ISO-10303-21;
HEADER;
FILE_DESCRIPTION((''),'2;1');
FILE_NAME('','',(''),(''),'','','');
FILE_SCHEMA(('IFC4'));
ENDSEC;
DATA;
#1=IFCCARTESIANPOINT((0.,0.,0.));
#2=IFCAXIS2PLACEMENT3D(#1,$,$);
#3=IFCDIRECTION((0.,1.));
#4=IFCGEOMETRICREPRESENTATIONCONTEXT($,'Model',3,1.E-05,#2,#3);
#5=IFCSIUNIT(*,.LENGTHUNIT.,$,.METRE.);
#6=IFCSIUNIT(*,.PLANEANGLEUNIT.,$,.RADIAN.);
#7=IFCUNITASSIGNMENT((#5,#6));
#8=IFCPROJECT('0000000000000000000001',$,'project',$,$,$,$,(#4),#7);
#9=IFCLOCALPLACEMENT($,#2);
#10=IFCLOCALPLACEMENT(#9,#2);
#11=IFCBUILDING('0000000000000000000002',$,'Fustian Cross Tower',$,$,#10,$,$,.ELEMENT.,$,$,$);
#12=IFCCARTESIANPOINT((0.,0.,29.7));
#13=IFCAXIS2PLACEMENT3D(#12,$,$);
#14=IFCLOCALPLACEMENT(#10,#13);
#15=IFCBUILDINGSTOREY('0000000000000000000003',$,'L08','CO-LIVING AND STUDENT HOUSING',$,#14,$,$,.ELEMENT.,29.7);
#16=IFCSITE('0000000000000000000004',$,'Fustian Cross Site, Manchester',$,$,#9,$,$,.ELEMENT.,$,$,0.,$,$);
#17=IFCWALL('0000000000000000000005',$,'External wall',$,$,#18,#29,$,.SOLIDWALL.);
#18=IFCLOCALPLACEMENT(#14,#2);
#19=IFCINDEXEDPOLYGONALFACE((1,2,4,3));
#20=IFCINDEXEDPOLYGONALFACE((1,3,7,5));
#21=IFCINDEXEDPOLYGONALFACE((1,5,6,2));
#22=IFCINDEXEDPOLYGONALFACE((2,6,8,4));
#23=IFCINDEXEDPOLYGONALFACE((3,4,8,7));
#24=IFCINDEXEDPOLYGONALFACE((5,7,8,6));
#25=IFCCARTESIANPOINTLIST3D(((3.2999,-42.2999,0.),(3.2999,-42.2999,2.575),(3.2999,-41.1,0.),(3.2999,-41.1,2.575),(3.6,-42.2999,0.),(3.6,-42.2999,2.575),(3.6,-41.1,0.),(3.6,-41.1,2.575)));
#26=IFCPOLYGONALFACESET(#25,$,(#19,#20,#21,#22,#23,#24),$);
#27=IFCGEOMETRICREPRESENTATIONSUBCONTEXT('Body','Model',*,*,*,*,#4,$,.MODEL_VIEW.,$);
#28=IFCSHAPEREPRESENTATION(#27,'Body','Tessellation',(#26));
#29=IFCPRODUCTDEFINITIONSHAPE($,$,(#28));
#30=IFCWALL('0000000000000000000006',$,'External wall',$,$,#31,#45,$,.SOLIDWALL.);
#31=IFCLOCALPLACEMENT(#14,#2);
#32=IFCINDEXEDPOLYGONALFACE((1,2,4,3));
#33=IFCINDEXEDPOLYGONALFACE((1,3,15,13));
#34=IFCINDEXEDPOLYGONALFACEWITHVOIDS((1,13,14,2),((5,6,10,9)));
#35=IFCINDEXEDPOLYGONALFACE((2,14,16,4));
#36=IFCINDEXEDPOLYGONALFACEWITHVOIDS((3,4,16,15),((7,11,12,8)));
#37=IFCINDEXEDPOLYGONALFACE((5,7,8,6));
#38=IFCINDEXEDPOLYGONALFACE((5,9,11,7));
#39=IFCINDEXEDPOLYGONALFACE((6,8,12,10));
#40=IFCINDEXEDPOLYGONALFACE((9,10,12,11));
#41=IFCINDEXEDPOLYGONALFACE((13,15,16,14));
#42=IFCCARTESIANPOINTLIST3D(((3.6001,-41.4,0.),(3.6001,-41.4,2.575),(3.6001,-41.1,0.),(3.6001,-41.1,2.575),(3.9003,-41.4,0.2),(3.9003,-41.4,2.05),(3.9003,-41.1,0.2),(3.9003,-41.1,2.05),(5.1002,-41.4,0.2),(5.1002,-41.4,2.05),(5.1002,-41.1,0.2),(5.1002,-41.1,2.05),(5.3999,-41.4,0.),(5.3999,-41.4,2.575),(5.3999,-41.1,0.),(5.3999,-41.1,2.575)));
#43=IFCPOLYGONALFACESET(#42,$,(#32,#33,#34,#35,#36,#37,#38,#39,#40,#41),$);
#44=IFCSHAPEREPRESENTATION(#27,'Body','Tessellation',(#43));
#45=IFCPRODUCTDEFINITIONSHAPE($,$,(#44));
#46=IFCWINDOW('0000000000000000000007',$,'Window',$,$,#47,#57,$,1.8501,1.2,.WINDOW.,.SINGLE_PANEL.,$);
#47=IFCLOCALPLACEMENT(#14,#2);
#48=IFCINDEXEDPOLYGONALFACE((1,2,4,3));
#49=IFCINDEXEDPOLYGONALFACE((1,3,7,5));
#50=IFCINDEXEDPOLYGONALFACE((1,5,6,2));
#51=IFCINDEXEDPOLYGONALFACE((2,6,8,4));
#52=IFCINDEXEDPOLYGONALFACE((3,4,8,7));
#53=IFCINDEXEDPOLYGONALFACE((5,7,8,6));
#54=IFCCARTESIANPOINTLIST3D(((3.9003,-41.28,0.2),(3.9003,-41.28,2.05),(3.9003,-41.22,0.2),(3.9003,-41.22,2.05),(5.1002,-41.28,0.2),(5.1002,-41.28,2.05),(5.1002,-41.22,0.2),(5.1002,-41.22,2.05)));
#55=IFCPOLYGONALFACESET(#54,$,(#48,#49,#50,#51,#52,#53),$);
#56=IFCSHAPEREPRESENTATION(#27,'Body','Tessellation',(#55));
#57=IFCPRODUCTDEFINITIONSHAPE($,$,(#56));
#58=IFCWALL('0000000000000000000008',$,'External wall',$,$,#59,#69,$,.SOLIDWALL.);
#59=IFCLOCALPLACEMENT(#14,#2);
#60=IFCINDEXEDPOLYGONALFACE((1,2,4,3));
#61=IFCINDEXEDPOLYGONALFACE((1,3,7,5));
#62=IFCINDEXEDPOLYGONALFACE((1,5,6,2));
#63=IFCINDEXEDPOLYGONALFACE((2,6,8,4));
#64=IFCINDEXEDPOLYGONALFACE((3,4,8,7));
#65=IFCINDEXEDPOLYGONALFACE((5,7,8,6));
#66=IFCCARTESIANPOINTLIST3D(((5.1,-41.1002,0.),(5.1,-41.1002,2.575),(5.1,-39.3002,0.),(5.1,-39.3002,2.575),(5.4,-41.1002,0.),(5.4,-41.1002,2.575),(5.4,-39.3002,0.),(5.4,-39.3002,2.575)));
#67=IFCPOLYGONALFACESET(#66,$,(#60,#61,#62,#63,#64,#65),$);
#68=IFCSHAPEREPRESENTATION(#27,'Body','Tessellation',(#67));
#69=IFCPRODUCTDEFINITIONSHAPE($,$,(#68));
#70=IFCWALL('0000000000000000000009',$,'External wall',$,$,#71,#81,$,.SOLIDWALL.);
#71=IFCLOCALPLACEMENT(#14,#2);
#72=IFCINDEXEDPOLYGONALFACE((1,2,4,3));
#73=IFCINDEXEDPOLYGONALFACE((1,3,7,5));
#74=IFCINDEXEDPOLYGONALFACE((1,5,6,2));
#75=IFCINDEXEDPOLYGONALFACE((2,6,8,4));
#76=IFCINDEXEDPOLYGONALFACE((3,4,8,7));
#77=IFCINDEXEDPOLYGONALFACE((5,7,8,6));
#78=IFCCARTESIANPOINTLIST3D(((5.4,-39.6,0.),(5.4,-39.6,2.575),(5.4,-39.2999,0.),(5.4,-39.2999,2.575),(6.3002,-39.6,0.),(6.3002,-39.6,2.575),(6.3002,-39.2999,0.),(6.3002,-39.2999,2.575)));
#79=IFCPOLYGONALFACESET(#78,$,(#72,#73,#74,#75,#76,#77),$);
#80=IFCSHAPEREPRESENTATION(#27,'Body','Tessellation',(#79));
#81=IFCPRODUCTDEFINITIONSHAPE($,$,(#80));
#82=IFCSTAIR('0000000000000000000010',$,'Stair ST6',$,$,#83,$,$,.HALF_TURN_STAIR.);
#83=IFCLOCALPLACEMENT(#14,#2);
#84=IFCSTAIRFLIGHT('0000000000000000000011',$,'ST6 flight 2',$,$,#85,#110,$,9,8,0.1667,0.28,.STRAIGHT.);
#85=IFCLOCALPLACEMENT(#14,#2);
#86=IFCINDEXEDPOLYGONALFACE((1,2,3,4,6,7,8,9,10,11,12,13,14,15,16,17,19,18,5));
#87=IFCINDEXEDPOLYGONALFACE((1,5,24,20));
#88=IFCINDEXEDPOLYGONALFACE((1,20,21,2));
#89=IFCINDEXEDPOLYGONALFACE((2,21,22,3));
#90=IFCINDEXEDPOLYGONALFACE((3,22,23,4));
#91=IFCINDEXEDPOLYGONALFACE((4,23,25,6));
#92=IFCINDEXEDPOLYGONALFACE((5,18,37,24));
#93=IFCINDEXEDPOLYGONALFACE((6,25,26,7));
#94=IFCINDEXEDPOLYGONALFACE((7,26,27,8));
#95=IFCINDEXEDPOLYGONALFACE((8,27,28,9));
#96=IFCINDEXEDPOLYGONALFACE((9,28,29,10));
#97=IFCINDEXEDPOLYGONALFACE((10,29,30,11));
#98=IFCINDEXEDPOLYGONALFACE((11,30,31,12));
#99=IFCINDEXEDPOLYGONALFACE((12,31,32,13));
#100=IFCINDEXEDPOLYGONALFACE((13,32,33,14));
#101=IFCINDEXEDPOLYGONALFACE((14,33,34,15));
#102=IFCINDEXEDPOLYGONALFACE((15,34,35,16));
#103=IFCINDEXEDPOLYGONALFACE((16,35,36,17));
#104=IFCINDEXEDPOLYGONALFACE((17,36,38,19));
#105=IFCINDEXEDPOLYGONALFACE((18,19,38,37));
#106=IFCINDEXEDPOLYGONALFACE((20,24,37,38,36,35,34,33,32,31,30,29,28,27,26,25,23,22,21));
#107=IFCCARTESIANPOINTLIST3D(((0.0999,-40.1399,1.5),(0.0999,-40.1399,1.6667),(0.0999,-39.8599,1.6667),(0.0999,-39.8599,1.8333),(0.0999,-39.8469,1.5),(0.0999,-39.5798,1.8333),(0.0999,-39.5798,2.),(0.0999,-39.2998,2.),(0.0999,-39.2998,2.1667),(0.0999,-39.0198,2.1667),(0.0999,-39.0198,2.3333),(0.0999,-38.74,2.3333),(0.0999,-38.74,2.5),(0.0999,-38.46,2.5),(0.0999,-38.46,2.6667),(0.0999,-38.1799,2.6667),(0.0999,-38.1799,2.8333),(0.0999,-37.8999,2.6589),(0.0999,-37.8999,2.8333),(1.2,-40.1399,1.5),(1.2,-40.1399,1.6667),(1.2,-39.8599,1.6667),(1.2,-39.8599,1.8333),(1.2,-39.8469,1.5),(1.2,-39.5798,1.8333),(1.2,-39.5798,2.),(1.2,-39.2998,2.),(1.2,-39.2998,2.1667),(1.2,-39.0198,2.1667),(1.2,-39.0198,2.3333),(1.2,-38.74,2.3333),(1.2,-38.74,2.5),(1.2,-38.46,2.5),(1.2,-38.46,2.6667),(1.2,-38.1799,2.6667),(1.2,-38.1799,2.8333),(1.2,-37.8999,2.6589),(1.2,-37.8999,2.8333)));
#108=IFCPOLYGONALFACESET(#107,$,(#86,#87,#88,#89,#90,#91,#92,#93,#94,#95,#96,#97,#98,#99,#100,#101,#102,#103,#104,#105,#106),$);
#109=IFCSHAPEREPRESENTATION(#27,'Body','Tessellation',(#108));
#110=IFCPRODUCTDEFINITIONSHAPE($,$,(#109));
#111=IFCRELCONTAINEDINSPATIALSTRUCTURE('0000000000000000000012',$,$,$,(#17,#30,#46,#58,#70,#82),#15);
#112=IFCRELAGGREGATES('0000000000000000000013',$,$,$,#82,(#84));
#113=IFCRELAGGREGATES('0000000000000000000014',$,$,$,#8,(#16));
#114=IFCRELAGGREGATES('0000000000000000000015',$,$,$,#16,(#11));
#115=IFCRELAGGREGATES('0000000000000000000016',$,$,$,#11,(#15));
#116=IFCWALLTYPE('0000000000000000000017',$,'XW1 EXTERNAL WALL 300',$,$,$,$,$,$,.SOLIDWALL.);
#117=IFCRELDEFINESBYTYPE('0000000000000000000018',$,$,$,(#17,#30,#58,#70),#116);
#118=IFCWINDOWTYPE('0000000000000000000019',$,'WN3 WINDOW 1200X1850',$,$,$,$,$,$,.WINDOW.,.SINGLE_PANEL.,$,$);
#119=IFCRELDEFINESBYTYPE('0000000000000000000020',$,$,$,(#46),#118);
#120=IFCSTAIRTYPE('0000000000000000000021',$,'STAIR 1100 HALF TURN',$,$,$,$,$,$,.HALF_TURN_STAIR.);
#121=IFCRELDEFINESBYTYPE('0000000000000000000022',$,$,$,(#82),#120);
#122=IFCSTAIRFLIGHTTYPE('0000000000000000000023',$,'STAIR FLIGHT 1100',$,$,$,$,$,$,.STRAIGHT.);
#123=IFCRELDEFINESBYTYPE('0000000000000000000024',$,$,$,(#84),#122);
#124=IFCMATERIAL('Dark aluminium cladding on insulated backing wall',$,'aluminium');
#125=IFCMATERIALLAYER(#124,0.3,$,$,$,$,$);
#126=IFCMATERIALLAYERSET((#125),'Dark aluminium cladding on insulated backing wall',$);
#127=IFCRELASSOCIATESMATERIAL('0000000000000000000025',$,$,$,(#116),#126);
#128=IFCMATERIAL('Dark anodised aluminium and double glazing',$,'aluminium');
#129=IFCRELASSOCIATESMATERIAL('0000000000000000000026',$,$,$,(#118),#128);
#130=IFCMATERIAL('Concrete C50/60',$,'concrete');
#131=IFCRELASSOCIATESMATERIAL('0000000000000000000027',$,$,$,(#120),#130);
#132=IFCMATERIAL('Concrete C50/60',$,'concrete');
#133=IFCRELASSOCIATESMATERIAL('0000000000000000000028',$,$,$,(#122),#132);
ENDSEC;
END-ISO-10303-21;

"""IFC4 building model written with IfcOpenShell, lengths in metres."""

from ifc_helpers import new_model, si_unit, direction, frame, frame_2d, origin, place, context, subcontext, project, spatial, polyline, rectangle, outline, extrude, material, layer, layer_set, type_object, element, fill, aggregate, save


model = new_model("IFC4")

# Units and contexts
model_context = context("Model", 3, precision=1e-05, world=origin(), true_north=direction((0.0, 1.0)))
body_context = subcontext(model_context, "Body", "Model", "MODEL_VIEW")
ifc_project = project(units=[si_unit("LENGTHUNIT", "METRE"), si_unit("PLANEANGLEUNIT", "RADIAN")], contexts=[model_context])

# Site, building, storey
site_placement = place(None, origin())
site = spatial("IfcSite", under=ifc_project, at=site_placement, Name="Fustian Cross Site, Manchester", CompositionType="ELEMENT", RefElevation=0.0)
building_placement = place(site_placement, origin())
building = spatial("IfcBuilding", under=site, at=building_placement, Name="Fustian Cross Tower", CompositionType="ELEMENT")
storey_placement = place(building_placement, frame((0.0, 0.0, 29.7)))
storey = spatial("IfcBuildingStorey", under=building, at=storey_placement, Name="L08", Description="CO-LIVING AND STUDENT HOUSING", CompositionType="ELEMENT", Elevation=29.7)

# Wall
ifc_material_1 = material(Name="Dark aluminium cladding on insulated backing wall", Category="aluminium")
ifc_layer_1 = layer(ifc_material_1, 0.3)
ifc_layer_set_1 = layer_set([ifc_layer_1], Name="Dark aluminium cladding on insulated backing wall")
wall_type_1 = type_object("IfcWallType", Name="XW1 EXTERNAL WALL 300", PredefinedType="SOLIDWALL", material=ifc_layer_set_1)
wall_1_placement = place(storey_placement, frame((3.45, -42.3, 0.0), z_axis=(0.0, 0.0, 1.0), x_axis=(0.0, 1.0, 0.0)))
element("IfcWall", 1, at=wall_1_placement, inside=storey, type_object=wall_type_1, Name="External wall", PredefinedType="SOLIDWALL", context=body_context, shape_type="SweptSolid", body=[
    extrude(rectangle(XDim=1.2, YDim=0.3, at=frame_2d((0.6001, 0.0))), origin(), (0.0, 0.0, 1.0), 2.575),
])

# Wall, opening, window
wall_2_placement = place(storey_placement, frame((3.6001, -41.25, 0.0), z_axis=(0.0, 0.0, 1.0), x_axis=(1.0, 0.0, 0.0)))
wall_2 = element("IfcWall", 2, at=wall_2_placement, inside=storey, type_object=wall_type_1, Name="External wall", PredefinedType="SOLIDWALL", context=body_context, shape_type="SweptSolid", body=[
    extrude(rectangle(XDim=1.7998, YDim=0.3, at=frame_2d((0.8999, 0.0))), origin(), (0.0, 0.0, 1.0), 2.575),
])
opening_1_placement = place(wall_2_placement, frame((0.3, 0.0, 0.2)))
opening_1 = element("IfcOpeningElement", 3, at=opening_1_placement, cuts=wall_2, PredefinedType="OPENING", context=body_context, shape_type="SweptSolid", body=[
    extrude(rectangle(XDim=1.2, YDim=1.8501, at=frame_2d((0.6001, 0.925))), frame((0.0, 0.1599, 0.0), z_axis=(0.0, -1.0, 0.0), x_axis=(1.0, 0.0, 0.0)), (0.0, 0.0, 1.0), 0.3201),
])
ifc_material_2 = material(Name="Dark anodised aluminium and double glazing", Category="aluminium")
window_type = type_object("IfcWindowType", Name="WN3 WINDOW 1200X1850", PartitioningType="SINGLE_PANEL", PredefinedType="WINDOW", material=ifc_material_2)
window_placement = place(opening_1_placement, origin())
window = element("IfcWindow", 4, at=window_placement, inside=storey, type_object=window_type, Name="Window", OverallHeight=1.8501, OverallWidth=1.2, PartitioningType="SINGLE_PANEL", PredefinedType="WINDOW", context=body_context, shape_type="SweptSolid", body=[
    extrude(rectangle(XDim=1.2, YDim=1.8501, at=frame_2d((0.6001, 0.925))), frame((0.0, 0.03, 0.0), z_axis=(0.0, -1.0, 0.0), x_axis=(1.0, 0.0, 0.0)), (0.0, 0.0, 1.0), 0.0601),
])
fill(opening_1, window)

# Walls
wall_3_placement = place(storey_placement, frame((5.25, -41.1001, 0.0), z_axis=(0.0, 0.0, 1.0), x_axis=(0.0, 1.0, 0.0)))
element("IfcWall", 5, at=wall_3_placement, inside=storey, type_object=wall_type_1, Name="External wall", PredefinedType="SOLIDWALL", context=body_context, shape_type="SweptSolid", body=[
    extrude(rectangle(XDim=1.8, YDim=0.3, at=frame_2d((0.8999, 0.0))), origin(), (0.0, 0.0, 1.0), 2.575),
])
wall_4_placement = place(storey_placement, frame((5.3999, -39.45, 0.0), z_axis=(0.0, 0.0, 1.0), x_axis=(1.0, 0.0, 0.0)))
element("IfcWall", 6, at=wall_4_placement, inside=storey, type_object=wall_type_1, Name="External wall", PredefinedType="SOLIDWALL", context=body_context, shape_type="SweptSolid", body=[
    extrude(rectangle(XDim=0.9001, YDim=0.3, at=frame_2d((0.4502, 0.0))), origin(), (0.0, 0.0, 1.0), 2.575),
])

# Stair, stair flight
ifc_material_3 = material(Name="Concrete C50/60", Category="concrete")
stair_type = type_object("IfcStairType", Name="STAIR 1100 HALF TURN", PredefinedType="HALF_TURN_STAIR", material=ifc_material_3)
stair_placement = place(storey_placement, origin())
stair = element("IfcStair", 7, at=stair_placement, inside=storey, type_object=stair_type, Name="Stair ST6", PredefinedType="HALF_TURN_STAIR")
ifc_material_4 = material(Name="Concrete C50/60", Category="concrete")
stair_flight_type = type_object("IfcStairFlightType", Name="STAIR FLIGHT 1100", PredefinedType="STRAIGHT", material=ifc_material_4)
stair_flight_placement = place(storey_placement, frame((0.6499, -40.1399, 1.5), z_axis=(0.0, 0.0, 1.0), x_axis=(0.0, 1.0, 0.0)))
stair_flight = element("IfcStairFlight", 8, at=stair_flight_placement, type_object=stair_flight_type, Name="ST6 flight 2", NumberOfRisers=9, NumberOfTreads=8, PredefinedType="STRAIGHT", RiserHeight=0.1667, TreadLength=0.28, context=body_context, shape_type="SweptSolid", body=[
    extrude(outline(polyline([(0.0, 0.0), (0.0, 0.1667), (0.28, 0.1667), (0.28, 0.3333), (0.5601, 0.3333), (0.5601, 0.5), (0.8401, 0.5), (0.8401, 0.6667), (1.1201, 0.6667), (1.1201, 0.8333), (1.3999, 0.8333), (1.3999, 1.0), (1.6799, 1.0), (1.6799, 1.1667), (1.96, 1.1667), (1.96, 1.3333), (2.24, 1.3333), (2.24, 1.5), (2.24, 1.1589), (0.293, 0.0), (0.0, 0.0)])), frame((0.0, 0.55, 0.0), z_axis=(0.0, -1.0, 0.0), x_axis=(1.0, 0.0, 0.0)), (0.0, 0.0, 1.0), 1.1001),
])
aggregate(stair, [stair_flight])

save(model, "model.ifc")
